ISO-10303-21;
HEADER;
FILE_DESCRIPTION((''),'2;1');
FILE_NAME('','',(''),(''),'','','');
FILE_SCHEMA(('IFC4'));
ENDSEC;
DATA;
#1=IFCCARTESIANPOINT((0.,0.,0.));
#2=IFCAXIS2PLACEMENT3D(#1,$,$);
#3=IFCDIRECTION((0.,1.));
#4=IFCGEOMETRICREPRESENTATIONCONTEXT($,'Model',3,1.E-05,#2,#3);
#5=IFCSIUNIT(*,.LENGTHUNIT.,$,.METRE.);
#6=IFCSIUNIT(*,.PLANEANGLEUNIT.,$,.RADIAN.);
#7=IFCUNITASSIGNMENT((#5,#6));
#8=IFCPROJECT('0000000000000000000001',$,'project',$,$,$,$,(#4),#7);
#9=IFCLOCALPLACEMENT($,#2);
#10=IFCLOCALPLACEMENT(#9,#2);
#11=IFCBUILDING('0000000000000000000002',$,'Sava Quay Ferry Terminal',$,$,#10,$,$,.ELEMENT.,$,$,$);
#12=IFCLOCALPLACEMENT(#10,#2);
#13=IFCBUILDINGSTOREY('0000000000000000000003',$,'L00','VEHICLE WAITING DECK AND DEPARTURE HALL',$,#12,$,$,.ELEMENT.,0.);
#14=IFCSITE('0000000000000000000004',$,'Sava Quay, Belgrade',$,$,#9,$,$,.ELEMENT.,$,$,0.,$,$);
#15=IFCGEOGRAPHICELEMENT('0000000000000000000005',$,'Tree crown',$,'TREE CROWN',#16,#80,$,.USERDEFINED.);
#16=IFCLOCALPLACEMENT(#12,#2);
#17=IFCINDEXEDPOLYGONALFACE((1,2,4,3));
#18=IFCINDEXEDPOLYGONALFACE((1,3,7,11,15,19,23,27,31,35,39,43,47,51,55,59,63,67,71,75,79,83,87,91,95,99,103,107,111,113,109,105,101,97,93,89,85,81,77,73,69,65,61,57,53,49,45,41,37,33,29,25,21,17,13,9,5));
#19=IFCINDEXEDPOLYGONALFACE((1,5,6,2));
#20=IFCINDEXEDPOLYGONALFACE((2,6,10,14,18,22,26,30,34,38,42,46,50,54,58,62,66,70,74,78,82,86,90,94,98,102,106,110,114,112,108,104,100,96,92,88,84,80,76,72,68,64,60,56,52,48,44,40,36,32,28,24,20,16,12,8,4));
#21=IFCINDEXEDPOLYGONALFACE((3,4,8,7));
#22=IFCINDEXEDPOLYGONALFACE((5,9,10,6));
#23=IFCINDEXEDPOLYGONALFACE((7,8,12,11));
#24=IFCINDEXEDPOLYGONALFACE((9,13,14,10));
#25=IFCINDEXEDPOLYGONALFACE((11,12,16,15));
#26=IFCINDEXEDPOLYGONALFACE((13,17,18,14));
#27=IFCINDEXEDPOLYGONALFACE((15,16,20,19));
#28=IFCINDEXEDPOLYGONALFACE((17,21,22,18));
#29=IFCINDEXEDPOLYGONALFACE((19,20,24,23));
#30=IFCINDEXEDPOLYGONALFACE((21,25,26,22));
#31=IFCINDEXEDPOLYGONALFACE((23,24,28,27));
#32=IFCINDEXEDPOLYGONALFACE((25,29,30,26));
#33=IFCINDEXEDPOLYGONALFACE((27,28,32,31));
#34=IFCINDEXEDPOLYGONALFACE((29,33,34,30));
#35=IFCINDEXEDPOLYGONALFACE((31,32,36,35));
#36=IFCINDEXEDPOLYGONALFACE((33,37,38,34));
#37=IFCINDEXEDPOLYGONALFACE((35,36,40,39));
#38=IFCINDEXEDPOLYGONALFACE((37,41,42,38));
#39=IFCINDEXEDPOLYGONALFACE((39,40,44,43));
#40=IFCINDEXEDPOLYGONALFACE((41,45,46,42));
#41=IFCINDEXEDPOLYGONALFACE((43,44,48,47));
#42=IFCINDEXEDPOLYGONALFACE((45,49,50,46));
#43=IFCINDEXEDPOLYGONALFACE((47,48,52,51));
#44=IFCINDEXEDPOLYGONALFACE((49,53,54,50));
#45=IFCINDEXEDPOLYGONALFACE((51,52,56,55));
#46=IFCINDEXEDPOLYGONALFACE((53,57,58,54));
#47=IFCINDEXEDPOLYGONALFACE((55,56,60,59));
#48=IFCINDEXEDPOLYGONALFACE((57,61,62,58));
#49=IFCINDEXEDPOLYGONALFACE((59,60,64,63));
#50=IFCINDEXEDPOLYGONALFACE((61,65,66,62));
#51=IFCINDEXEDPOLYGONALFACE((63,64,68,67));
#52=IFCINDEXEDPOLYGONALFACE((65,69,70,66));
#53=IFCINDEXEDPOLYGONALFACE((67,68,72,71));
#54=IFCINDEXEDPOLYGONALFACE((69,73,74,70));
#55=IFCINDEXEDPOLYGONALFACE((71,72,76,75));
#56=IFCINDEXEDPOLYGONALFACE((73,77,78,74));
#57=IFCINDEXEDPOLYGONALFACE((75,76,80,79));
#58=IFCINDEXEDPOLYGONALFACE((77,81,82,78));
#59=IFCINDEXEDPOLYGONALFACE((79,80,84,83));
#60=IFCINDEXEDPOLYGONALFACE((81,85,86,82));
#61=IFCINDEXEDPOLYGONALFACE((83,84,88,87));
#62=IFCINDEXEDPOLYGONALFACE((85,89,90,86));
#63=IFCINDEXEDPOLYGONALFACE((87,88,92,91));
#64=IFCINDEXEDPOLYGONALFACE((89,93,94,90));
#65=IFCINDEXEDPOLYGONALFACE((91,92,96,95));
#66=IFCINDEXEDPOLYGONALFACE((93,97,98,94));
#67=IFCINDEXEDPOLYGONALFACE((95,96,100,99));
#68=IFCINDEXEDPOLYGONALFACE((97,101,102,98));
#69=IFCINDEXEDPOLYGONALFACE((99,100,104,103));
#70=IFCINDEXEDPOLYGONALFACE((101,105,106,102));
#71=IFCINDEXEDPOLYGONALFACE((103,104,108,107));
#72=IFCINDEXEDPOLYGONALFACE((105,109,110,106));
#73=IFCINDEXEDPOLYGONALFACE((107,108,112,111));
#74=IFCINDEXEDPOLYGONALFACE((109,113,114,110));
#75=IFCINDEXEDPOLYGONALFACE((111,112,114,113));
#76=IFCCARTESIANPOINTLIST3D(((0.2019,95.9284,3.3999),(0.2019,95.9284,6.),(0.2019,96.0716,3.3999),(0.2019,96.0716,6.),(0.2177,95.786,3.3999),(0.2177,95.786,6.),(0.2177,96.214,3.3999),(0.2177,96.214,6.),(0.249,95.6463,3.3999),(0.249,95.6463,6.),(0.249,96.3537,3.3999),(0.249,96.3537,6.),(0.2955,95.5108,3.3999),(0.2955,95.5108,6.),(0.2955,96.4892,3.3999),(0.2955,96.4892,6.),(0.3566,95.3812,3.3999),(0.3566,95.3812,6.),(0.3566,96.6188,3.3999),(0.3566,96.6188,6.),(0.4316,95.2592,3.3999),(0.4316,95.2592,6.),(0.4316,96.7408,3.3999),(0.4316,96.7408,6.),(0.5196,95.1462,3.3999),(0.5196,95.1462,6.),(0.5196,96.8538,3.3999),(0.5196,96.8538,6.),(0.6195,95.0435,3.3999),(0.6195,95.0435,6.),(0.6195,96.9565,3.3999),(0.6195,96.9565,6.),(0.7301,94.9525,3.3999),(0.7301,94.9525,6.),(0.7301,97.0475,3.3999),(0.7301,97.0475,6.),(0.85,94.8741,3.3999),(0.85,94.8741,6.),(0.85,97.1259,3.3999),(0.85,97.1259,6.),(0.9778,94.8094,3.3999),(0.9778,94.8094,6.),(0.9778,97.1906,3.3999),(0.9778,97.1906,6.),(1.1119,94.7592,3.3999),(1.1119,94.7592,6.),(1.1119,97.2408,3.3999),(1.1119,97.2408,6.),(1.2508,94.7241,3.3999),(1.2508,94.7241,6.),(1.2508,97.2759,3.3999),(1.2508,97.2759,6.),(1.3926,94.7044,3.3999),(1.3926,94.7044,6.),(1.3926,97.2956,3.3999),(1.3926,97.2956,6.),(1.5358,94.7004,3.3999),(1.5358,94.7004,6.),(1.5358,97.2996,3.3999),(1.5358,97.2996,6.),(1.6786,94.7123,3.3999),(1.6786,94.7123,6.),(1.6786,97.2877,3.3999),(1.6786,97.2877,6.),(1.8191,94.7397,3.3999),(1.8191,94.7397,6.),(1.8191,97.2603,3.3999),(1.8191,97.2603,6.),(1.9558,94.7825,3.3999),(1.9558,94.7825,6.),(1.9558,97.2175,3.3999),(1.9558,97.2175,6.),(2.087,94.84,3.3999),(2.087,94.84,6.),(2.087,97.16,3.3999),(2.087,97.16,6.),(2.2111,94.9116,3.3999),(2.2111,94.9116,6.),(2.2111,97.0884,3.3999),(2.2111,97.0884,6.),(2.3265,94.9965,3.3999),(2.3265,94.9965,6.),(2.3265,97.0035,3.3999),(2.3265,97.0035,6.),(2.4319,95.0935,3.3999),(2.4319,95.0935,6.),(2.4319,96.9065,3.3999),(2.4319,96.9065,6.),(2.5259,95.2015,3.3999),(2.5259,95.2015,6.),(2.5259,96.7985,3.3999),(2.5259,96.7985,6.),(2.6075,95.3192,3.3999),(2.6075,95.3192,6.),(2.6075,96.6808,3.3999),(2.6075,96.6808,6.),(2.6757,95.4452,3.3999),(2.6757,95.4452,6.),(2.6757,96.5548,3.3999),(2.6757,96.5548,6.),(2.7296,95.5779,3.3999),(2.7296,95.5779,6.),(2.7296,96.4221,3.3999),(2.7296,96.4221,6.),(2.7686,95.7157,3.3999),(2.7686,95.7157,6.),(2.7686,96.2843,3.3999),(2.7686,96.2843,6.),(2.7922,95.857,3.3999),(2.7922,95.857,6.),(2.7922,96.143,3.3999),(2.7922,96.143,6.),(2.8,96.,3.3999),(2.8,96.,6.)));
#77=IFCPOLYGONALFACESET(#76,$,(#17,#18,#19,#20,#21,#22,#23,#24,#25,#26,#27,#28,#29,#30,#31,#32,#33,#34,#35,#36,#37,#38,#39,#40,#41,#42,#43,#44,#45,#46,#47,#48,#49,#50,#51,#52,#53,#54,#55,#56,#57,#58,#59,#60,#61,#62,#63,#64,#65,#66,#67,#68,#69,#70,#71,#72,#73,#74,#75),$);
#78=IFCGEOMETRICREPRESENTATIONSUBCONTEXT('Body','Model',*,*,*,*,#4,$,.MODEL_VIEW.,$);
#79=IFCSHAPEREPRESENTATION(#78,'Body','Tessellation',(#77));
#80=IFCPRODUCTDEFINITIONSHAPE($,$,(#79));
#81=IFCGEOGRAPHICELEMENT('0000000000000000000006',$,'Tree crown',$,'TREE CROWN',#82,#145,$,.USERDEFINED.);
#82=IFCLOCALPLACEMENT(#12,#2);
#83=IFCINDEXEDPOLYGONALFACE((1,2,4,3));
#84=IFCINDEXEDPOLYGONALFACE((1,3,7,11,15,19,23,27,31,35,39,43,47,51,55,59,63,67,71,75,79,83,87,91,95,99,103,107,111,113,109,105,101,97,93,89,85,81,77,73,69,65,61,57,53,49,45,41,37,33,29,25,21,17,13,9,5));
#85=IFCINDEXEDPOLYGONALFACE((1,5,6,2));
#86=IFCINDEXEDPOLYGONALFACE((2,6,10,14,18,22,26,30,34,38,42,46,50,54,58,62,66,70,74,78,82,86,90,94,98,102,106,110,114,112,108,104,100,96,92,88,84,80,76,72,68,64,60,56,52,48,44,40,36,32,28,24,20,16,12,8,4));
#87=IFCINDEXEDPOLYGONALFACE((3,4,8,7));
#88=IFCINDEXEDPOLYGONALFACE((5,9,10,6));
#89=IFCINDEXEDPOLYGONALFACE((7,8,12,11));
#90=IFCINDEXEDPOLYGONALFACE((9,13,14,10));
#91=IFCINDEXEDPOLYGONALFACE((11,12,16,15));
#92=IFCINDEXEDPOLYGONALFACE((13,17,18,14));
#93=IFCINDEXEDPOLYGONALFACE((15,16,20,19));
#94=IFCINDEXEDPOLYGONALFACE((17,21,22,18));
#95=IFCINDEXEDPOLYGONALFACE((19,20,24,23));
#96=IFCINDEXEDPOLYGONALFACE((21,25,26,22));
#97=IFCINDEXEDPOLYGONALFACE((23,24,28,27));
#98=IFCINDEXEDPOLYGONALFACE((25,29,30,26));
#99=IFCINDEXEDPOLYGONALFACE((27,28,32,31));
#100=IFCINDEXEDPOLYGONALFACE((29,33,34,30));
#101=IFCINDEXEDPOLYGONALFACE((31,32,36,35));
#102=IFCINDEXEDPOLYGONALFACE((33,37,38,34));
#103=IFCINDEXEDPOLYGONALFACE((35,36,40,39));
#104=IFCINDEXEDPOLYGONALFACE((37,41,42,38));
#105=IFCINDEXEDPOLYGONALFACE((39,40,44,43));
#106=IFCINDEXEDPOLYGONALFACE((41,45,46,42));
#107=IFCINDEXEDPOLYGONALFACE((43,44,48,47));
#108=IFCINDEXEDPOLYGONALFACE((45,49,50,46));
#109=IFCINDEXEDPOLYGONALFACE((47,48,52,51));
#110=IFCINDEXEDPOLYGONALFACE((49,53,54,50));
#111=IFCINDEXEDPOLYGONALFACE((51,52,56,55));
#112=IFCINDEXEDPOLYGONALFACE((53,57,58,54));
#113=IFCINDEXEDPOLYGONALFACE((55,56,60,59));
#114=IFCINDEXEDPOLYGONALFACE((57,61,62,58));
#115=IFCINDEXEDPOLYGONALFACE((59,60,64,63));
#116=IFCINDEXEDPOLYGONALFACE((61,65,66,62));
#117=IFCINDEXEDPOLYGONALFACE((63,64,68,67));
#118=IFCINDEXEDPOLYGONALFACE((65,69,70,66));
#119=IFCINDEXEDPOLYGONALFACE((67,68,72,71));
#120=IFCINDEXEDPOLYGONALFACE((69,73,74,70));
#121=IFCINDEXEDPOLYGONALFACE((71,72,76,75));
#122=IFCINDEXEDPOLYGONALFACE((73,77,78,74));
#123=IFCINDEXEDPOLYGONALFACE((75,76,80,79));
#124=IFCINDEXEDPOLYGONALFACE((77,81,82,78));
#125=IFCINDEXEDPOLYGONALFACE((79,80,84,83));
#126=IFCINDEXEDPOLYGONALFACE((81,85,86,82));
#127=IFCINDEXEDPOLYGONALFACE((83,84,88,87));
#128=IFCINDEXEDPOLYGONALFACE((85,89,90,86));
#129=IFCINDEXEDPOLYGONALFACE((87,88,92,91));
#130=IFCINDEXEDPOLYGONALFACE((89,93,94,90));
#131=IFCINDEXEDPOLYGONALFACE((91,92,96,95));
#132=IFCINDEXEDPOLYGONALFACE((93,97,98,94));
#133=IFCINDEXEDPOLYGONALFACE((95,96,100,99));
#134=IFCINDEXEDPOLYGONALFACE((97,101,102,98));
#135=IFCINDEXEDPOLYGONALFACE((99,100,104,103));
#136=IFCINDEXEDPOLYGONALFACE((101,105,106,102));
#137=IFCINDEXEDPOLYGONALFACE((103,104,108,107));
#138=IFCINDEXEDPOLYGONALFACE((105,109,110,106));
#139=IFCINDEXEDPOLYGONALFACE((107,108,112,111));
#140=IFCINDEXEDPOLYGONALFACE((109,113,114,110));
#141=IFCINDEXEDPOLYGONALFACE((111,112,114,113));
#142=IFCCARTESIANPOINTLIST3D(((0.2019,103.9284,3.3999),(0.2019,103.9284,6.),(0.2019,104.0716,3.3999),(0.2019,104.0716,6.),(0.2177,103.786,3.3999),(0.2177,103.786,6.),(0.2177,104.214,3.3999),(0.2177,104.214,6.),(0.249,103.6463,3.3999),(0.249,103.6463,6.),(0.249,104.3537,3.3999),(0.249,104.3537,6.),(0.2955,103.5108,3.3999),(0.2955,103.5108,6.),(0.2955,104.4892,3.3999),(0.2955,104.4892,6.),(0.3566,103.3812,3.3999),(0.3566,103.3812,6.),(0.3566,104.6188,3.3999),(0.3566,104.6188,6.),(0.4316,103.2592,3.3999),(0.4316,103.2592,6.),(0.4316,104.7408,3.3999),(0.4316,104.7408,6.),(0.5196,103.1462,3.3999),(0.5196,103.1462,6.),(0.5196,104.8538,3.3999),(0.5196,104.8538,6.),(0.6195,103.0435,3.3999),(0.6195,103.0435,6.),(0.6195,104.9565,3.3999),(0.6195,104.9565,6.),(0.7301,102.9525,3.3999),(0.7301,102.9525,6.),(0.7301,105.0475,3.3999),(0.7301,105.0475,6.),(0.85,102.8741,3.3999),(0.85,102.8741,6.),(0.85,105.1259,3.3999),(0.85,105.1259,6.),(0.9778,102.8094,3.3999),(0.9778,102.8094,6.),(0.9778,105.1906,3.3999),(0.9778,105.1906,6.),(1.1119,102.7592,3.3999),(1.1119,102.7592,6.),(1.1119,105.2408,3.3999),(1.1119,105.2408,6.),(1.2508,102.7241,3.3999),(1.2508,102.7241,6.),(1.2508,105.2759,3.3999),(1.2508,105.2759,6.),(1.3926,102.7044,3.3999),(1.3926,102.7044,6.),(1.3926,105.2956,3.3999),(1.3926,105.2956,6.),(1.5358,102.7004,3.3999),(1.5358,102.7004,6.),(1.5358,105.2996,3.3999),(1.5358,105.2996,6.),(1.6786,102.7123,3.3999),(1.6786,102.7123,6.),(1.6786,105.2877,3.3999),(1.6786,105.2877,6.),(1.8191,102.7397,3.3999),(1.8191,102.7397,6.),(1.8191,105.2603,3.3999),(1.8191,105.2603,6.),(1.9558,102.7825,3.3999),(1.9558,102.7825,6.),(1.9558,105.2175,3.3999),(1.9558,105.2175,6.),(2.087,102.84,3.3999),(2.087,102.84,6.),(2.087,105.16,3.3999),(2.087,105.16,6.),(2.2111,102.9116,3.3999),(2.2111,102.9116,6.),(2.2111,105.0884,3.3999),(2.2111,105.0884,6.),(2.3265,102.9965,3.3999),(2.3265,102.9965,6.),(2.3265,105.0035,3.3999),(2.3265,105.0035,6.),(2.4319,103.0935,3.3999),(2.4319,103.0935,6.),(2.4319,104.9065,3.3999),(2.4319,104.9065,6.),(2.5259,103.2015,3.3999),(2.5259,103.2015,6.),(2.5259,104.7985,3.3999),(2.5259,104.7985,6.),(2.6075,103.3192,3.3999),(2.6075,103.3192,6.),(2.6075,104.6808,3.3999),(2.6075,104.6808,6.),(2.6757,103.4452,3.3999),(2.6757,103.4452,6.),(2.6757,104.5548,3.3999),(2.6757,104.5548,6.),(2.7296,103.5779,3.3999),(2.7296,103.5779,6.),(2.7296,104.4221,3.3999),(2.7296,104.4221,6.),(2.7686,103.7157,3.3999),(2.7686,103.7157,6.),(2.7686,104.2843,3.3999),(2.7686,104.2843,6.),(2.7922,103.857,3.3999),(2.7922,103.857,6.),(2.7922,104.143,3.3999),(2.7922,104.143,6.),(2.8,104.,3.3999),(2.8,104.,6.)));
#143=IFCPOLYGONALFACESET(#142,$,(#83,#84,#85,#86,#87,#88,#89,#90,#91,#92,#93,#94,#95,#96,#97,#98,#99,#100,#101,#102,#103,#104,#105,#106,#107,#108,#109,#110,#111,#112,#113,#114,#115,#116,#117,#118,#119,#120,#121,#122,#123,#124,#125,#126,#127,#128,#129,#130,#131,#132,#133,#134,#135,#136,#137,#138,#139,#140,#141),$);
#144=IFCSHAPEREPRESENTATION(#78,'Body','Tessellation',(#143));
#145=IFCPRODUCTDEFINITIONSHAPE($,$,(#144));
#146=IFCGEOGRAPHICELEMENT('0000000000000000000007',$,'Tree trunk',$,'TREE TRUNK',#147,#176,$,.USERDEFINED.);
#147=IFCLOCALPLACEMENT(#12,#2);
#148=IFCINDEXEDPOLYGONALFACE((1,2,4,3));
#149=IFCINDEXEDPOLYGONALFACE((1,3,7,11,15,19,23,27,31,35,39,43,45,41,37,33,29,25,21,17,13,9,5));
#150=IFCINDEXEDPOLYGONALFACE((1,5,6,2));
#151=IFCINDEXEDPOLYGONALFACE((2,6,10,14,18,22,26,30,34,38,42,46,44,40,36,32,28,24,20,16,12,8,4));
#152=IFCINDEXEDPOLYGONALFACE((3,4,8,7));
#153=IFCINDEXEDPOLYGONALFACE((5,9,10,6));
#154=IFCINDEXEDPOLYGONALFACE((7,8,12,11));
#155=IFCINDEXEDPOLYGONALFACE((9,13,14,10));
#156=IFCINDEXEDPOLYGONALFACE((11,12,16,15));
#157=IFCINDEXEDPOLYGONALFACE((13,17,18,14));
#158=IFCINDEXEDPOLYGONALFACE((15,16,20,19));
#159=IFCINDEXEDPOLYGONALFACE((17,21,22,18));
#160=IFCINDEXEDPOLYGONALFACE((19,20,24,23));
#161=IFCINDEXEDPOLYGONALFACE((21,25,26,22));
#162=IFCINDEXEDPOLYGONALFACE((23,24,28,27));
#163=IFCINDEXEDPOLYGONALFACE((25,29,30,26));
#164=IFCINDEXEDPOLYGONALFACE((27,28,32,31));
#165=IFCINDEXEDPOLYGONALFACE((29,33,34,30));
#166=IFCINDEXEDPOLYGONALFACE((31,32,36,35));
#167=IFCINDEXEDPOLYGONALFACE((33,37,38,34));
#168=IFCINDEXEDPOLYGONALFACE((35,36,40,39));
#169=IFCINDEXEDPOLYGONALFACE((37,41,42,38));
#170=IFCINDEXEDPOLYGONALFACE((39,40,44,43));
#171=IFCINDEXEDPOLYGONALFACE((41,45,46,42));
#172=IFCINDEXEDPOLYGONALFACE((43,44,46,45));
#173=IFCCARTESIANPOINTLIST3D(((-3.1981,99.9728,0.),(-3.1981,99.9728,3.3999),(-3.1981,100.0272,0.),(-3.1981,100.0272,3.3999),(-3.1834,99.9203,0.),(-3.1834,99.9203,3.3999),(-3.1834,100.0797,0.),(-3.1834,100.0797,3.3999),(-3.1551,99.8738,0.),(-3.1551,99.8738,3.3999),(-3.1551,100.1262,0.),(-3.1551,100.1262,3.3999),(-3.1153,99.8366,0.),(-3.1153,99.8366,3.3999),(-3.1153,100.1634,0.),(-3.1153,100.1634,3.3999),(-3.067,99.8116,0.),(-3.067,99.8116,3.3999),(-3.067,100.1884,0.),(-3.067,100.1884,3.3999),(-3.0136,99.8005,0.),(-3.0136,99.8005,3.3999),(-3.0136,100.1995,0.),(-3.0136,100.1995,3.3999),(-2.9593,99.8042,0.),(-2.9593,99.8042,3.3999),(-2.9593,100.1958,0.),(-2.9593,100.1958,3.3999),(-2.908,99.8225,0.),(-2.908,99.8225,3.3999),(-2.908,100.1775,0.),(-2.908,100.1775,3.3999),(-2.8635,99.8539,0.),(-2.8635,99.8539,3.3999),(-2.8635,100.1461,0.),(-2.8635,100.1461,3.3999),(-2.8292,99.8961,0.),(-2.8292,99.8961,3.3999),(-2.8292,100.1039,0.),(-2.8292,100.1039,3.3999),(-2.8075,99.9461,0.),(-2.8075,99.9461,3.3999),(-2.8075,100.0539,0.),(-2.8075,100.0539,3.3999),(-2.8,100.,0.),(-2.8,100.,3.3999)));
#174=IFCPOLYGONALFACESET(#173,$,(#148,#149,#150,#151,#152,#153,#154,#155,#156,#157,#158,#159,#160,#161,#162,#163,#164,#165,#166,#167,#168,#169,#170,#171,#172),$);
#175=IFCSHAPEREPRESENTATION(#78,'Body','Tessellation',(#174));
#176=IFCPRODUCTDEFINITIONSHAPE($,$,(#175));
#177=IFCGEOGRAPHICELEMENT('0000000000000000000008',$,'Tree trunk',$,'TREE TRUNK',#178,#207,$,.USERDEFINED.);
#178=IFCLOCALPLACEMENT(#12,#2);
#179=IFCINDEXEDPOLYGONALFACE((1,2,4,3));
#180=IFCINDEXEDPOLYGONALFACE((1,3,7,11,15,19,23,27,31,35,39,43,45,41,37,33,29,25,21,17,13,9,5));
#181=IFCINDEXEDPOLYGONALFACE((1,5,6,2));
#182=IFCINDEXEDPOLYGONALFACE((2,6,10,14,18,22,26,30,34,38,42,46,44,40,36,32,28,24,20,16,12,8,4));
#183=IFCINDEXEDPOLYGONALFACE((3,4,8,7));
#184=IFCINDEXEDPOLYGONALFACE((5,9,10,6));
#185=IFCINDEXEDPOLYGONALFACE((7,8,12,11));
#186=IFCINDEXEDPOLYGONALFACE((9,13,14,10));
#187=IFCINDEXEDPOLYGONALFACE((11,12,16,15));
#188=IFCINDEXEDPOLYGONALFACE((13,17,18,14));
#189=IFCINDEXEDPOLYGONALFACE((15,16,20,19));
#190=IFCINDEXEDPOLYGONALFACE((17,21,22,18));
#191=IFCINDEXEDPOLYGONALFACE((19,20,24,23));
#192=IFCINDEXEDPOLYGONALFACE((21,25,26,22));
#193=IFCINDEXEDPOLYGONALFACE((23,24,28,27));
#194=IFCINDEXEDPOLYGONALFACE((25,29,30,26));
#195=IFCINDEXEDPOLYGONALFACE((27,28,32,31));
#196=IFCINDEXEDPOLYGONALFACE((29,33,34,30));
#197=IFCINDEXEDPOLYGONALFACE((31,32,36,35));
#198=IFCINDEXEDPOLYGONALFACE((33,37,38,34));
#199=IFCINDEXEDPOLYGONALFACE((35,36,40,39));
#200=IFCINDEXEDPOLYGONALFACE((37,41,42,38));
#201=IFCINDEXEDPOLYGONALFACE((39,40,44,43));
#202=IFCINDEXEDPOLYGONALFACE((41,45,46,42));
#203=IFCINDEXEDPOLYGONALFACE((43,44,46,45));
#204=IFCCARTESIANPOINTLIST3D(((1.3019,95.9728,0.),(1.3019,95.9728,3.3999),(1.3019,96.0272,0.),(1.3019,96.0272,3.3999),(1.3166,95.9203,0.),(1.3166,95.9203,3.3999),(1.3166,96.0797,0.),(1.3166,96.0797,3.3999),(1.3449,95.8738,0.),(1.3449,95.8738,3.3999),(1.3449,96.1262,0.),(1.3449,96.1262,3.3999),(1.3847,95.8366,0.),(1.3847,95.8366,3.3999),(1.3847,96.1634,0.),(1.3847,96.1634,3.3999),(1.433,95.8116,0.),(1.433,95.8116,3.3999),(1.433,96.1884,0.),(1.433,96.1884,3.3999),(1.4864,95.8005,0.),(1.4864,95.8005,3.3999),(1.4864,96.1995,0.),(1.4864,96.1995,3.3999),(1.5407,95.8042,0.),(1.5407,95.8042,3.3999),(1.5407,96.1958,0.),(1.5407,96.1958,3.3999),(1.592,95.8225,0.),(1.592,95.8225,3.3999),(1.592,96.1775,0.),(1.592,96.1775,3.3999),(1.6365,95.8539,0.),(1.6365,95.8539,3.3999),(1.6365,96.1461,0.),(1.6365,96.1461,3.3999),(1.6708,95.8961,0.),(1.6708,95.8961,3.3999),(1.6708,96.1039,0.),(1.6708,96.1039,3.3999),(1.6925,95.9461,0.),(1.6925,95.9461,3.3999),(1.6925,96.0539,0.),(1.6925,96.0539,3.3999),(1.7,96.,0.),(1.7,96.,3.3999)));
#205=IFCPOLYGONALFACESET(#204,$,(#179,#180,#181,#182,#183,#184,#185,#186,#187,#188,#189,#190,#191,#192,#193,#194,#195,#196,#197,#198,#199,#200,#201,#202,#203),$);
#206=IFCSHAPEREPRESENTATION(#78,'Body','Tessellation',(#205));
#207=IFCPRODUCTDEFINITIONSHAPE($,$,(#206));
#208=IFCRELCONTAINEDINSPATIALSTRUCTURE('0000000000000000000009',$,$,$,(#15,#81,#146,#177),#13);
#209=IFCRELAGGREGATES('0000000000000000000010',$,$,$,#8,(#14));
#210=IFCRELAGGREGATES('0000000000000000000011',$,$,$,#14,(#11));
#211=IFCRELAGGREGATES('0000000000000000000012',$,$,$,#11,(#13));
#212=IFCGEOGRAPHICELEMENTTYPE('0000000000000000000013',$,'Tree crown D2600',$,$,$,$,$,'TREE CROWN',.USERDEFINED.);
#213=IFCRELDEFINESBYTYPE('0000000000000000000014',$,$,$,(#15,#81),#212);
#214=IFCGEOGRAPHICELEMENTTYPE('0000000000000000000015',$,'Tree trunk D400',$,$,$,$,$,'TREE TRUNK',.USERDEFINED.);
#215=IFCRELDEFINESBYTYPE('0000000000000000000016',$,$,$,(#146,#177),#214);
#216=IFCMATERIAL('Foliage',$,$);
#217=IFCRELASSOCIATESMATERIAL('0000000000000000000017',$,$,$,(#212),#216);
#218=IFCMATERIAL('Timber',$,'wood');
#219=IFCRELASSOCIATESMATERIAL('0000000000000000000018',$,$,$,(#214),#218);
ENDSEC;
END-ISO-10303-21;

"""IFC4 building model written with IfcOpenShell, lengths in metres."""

from ifc_helpers import new_model, si_unit, direction, frame, origin, origin_2d, place, context, subcontext, project, spatial, circle, extrude, material, type_object, element, save


model = new_model("IFC4")

# Units and contexts
model_context = context("Model", 3, precision=1e-05, world=origin(), true_north=direction((0.0, 1.0)))
body_context = subcontext(model_context, "Body", "Model", "MODEL_VIEW")
ifc_project = project(units=[si_unit("LENGTHUNIT", "METRE"), si_unit("PLANEANGLEUNIT", "RADIAN")], contexts=[model_context])

# Site, building, storey
site_placement = place(None, origin())
site = spatial("IfcSite", under=ifc_project, at=site_placement, Name="Sava Quay, Belgrade", CompositionType="ELEMENT", RefElevation=0.0)
building_placement = place(site_placement, origin())
building = spatial("IfcBuilding", under=site, at=building_placement, Name="Sava Quay Ferry Terminal", CompositionType="ELEMENT")
storey_placement = place(building_placement, origin())
storey = spatial("IfcBuildingStorey", under=building, at=storey_placement, Name="L00", Description="VEHICLE WAITING DECK AND DEPARTURE HALL", CompositionType="ELEMENT", Elevation=0.0)

# Geographic elements
ifc_material_1 = material(Name="Foliage")
geographic_element_type_1 = type_object("IfcGeographicElementType", Name="Tree crown D2600", ElementType="TREE CROWN", PredefinedType="USERDEFINED", material=ifc_material_1)
for number, where, z_axis, x_axis, name in (
    (1, (1.5, 96.0, 6.0), (0.0, 0.0, -1.0), (1.0, 0.0, 0.0), "Tree crown"),
    (2, (1.5, 104.0, 6.0), (0.0, 0.0, -1.0), (1.0, 0.0, 0.0), "Tree crown"),
):
    element("IfcGeographicElement", number, at=place(storey_placement, frame(where, z_axis=z_axis, x_axis=x_axis)), inside=storey, type_object=geographic_element_type_1, Name=name, ObjectType="TREE CROWN", PredefinedType="USERDEFINED", context=body_context, shape_type="SweptSolid", body=[
        extrude(circle(Radius=1.3, at=origin_2d()), origin(), (0.0, 0.0, 1.0), 2.6001),
    ])
ifc_material_2 = material(Name="Timber", Category="wood")
geographic_element_type_2 = type_object("IfcGeographicElementType", Name="Tree trunk D400", ElementType="TREE TRUNK", PredefinedType="USERDEFINED", material=ifc_material_2)
for number, where, z_axis, x_axis, name in (
    (3, (-3.0, 100.0, 3.3999), (0.0, 0.0, -1.0), (1.0, 0.0, 0.0), "Tree trunk"),
    (4, (1.5, 96.0, 3.3999), (0.0, 0.0, -1.0), (1.0, 0.0, 0.0), "Tree trunk"),
):
    element("IfcGeographicElement", number, at=place(storey_placement, frame(where, z_axis=z_axis, x_axis=x_axis)), inside=storey, type_object=geographic_element_type_2, Name=name, ObjectType="TREE TRUNK", PredefinedType="USERDEFINED", context=body_context, shape_type="SweptSolid", body=[
        extrude(circle(Radius=0.2, at=origin_2d()), origin(), (0.0, 0.0, 1.0), 3.3999),
    ])

save(model, "model.ifc")
